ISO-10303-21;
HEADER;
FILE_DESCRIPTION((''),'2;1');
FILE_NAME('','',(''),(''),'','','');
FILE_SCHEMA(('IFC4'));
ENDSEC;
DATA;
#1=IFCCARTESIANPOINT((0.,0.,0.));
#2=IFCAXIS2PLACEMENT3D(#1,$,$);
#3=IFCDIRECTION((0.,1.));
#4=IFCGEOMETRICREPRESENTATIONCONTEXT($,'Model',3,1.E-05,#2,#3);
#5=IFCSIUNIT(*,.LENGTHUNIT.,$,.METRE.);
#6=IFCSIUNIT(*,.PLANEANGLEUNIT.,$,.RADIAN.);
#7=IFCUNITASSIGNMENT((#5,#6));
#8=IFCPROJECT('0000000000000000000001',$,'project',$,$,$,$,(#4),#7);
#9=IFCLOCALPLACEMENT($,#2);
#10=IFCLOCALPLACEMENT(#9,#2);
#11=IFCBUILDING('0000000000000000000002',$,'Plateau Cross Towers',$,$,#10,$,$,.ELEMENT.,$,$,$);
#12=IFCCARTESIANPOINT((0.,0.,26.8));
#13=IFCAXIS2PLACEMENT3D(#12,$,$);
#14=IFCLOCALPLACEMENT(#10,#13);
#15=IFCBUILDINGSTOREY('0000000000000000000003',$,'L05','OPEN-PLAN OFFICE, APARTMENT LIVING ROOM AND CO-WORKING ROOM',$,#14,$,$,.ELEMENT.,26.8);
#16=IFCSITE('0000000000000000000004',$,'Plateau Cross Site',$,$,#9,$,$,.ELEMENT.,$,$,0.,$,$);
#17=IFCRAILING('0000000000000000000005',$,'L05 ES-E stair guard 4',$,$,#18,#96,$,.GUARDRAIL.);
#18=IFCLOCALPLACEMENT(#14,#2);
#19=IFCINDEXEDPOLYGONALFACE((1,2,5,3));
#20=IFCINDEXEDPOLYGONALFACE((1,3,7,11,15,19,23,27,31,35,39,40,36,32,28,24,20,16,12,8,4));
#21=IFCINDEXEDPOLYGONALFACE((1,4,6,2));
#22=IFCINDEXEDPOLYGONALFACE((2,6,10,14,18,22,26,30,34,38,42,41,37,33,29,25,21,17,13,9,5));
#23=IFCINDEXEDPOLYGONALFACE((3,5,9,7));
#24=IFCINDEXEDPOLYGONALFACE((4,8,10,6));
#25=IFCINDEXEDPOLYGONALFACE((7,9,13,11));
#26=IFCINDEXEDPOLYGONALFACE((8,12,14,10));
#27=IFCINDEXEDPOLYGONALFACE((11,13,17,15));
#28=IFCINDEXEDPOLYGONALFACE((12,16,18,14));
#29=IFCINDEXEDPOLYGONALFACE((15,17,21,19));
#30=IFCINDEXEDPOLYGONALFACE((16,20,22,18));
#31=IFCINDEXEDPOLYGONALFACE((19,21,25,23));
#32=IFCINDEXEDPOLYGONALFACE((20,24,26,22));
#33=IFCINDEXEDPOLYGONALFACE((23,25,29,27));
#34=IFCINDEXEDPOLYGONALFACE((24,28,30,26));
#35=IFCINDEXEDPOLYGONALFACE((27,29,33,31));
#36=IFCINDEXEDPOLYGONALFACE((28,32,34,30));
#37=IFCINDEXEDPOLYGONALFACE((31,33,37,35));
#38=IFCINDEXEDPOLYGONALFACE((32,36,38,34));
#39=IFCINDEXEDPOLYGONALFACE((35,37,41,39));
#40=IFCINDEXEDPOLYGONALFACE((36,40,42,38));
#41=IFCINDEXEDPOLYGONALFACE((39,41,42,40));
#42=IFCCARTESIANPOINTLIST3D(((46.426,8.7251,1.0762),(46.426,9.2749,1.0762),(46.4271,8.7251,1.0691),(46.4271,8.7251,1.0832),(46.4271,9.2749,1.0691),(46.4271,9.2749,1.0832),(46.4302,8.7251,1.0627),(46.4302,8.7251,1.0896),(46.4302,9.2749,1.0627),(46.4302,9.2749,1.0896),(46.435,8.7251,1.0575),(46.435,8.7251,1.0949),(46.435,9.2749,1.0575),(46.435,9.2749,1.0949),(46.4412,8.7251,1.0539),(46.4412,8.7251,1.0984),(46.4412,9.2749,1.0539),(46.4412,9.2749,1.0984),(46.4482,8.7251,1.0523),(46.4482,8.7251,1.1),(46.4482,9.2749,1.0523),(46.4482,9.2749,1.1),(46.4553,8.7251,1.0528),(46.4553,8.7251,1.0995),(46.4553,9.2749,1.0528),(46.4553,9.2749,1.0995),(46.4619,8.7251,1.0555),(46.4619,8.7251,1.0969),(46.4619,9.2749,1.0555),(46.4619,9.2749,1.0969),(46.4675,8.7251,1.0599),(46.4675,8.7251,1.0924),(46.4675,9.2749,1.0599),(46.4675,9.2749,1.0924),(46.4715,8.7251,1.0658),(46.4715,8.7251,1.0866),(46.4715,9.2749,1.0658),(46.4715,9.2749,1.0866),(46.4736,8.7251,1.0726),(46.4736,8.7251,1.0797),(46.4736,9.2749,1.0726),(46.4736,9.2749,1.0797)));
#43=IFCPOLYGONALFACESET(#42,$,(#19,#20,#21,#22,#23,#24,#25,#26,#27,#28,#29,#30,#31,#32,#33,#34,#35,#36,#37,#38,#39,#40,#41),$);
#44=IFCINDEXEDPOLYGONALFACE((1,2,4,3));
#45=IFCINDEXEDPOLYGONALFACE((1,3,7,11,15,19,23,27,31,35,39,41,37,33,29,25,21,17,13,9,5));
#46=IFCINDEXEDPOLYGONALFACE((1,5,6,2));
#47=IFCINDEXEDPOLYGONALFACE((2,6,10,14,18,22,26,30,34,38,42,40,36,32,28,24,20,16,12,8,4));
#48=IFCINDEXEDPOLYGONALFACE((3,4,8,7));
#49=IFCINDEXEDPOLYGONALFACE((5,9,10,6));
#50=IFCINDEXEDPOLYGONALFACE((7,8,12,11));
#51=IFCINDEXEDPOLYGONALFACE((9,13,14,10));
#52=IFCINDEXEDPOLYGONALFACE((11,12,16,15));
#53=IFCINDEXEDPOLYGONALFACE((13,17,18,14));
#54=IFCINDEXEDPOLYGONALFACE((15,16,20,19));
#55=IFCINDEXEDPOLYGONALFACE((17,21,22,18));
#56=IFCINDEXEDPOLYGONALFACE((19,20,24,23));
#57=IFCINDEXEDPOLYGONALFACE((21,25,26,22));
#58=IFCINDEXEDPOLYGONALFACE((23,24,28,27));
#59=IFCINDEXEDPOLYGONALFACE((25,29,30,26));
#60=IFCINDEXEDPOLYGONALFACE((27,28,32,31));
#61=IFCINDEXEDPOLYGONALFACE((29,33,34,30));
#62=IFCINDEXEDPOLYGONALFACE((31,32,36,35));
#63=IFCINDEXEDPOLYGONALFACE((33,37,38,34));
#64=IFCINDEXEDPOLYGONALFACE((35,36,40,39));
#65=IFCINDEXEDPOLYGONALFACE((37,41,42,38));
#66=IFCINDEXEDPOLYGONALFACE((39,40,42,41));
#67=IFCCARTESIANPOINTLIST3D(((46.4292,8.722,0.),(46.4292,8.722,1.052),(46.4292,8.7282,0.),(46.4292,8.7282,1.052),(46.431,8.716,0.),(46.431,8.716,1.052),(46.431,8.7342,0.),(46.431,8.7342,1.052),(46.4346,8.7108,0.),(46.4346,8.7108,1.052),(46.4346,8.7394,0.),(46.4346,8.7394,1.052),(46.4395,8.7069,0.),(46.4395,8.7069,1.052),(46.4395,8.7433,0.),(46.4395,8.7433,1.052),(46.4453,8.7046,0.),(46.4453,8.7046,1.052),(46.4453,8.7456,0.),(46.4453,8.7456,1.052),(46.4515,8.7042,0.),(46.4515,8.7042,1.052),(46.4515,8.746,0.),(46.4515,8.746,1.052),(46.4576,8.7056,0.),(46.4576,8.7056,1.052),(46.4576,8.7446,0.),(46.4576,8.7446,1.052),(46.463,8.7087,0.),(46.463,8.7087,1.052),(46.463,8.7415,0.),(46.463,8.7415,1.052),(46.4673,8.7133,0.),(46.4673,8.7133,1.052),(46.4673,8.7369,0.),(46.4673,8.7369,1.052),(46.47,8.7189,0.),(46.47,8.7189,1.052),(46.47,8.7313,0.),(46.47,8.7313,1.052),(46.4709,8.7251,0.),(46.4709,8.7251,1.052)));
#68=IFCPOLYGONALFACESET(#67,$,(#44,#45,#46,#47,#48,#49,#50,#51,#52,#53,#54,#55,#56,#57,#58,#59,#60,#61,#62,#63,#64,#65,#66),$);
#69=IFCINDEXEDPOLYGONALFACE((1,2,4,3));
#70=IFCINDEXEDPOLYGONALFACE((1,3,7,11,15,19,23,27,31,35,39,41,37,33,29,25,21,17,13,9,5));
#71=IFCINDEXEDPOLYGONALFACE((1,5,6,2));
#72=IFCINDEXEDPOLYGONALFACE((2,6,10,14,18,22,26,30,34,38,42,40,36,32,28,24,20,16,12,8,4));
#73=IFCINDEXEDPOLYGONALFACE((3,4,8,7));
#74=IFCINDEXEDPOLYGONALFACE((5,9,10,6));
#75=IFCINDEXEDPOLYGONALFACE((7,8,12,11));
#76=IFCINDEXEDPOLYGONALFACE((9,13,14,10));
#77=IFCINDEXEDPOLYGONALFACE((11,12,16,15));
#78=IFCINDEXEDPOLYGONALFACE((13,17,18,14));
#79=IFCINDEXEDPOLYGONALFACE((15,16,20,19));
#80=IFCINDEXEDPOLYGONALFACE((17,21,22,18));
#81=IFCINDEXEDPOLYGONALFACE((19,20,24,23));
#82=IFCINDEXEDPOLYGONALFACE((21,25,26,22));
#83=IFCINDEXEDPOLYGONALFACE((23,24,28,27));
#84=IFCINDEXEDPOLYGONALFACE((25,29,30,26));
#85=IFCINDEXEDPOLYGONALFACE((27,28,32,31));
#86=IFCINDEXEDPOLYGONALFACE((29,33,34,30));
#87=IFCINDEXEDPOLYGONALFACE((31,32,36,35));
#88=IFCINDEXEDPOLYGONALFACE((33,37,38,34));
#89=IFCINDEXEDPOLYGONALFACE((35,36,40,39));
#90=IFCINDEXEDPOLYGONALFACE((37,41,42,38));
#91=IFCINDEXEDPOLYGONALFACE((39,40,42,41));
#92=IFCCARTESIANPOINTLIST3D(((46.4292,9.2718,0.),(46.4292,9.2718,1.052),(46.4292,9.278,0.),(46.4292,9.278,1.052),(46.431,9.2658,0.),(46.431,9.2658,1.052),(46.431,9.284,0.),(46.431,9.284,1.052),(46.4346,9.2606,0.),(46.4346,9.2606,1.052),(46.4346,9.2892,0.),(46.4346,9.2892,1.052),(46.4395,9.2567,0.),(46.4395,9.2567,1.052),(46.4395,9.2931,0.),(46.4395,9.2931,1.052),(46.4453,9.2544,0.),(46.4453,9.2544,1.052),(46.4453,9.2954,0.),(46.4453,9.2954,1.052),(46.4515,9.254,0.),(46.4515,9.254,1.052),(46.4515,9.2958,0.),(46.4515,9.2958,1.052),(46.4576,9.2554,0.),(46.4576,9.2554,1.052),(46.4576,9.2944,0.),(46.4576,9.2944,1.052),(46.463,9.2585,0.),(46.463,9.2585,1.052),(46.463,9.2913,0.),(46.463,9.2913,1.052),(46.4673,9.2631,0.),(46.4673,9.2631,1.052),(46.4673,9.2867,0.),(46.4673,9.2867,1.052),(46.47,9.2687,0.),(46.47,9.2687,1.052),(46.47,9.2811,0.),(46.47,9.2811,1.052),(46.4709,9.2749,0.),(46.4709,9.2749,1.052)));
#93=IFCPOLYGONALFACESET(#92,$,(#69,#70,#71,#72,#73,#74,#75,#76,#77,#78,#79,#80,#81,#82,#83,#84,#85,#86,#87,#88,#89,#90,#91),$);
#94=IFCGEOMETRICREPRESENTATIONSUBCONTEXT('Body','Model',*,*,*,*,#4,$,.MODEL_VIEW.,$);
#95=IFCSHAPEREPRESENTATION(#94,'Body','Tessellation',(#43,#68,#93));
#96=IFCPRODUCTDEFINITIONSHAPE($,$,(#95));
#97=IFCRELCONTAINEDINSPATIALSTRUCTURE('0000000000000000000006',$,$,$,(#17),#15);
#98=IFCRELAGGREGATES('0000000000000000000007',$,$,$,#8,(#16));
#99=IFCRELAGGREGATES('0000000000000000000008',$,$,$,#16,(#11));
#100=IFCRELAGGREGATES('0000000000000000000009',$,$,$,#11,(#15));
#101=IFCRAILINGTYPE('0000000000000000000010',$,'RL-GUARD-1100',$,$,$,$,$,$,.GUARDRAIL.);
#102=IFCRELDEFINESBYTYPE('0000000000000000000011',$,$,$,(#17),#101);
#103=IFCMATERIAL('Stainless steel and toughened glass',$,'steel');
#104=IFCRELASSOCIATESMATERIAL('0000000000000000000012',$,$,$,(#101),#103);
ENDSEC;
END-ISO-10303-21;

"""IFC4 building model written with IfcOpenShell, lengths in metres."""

from ifc_helpers import new_model, si_unit, direction, frame, origin, origin_2d, place, context, subcontext, project, spatial, circle, extrude, material, type_object, element, save


model = new_model("IFC4")

# Units and contexts
model_context = context("Model", 3, precision=1e-05, world=origin(), true_north=direction((0.0, 1.0)))
body_context = subcontext(model_context, "Body", "Model", "MODEL_VIEW")
ifc_project = project(units=[si_unit("LENGTHUNIT", "METRE"), si_unit("PLANEANGLEUNIT", "RADIAN")], contexts=[model_context])

# Site, building, storey
site_placement = place(None, origin())
site = spatial("IfcSite", under=ifc_project, at=site_placement, Name="Plateau Cross Site", CompositionType="ELEMENT", RefElevation=0.0)
building_placement = place(site_placement, origin())
building = spatial("IfcBuilding", under=site, at=building_placement, Name="Plateau Cross Towers", CompositionType="ELEMENT")
storey_placement = place(building_placement, frame((0.0, 0.0, 26.8)))
storey = spatial("IfcBuildingStorey", under=building, at=storey_placement, Name="L05", Description="OPEN-PLAN OFFICE, APARTMENT LIVING ROOM AND CO-WORKING ROOM", CompositionType="ELEMENT", Elevation=26.8)

# Railing
ifc_material_1 = material(Name="Stainless steel and toughened glass", Category="steel")
railing_type_1 = type_object("IfcRailingType", Name="RL-GUARD-1100", PredefinedType="GUARDRAIL", material=ifc_material_1)
railing_1_placement = place(storey_placement, frame((46.45, 8.7251, 0.0)))
element("IfcRailing", 1, at=railing_1_placement, inside=storey, type_object=railing_type_1, Name="L05 ES-E stair guard 4", PredefinedType="GUARDRAIL", context=body_context, shape_type="SweptSolid", body=[
    extrude(circle(Radius=0.0239, at=origin_2d()), frame((0.0, 0.0, 1.0762), z_axis=(0.0, 1.0, 0.0), x_axis=(-1.0, 0.0, 0.0)), (0.0, 0.0, 1.0), 0.5498),
    extrude(circle(Radius=0.021, at=origin_2d()), origin(), (0.0, 0.0, 1.0), 1.052),
    extrude(circle(Radius=0.021, at=origin_2d()), frame((0.0, 0.5498, 0.0)), (0.0, 0.0, 1.0), 1.052),
])

save(model, "model.ifc")
